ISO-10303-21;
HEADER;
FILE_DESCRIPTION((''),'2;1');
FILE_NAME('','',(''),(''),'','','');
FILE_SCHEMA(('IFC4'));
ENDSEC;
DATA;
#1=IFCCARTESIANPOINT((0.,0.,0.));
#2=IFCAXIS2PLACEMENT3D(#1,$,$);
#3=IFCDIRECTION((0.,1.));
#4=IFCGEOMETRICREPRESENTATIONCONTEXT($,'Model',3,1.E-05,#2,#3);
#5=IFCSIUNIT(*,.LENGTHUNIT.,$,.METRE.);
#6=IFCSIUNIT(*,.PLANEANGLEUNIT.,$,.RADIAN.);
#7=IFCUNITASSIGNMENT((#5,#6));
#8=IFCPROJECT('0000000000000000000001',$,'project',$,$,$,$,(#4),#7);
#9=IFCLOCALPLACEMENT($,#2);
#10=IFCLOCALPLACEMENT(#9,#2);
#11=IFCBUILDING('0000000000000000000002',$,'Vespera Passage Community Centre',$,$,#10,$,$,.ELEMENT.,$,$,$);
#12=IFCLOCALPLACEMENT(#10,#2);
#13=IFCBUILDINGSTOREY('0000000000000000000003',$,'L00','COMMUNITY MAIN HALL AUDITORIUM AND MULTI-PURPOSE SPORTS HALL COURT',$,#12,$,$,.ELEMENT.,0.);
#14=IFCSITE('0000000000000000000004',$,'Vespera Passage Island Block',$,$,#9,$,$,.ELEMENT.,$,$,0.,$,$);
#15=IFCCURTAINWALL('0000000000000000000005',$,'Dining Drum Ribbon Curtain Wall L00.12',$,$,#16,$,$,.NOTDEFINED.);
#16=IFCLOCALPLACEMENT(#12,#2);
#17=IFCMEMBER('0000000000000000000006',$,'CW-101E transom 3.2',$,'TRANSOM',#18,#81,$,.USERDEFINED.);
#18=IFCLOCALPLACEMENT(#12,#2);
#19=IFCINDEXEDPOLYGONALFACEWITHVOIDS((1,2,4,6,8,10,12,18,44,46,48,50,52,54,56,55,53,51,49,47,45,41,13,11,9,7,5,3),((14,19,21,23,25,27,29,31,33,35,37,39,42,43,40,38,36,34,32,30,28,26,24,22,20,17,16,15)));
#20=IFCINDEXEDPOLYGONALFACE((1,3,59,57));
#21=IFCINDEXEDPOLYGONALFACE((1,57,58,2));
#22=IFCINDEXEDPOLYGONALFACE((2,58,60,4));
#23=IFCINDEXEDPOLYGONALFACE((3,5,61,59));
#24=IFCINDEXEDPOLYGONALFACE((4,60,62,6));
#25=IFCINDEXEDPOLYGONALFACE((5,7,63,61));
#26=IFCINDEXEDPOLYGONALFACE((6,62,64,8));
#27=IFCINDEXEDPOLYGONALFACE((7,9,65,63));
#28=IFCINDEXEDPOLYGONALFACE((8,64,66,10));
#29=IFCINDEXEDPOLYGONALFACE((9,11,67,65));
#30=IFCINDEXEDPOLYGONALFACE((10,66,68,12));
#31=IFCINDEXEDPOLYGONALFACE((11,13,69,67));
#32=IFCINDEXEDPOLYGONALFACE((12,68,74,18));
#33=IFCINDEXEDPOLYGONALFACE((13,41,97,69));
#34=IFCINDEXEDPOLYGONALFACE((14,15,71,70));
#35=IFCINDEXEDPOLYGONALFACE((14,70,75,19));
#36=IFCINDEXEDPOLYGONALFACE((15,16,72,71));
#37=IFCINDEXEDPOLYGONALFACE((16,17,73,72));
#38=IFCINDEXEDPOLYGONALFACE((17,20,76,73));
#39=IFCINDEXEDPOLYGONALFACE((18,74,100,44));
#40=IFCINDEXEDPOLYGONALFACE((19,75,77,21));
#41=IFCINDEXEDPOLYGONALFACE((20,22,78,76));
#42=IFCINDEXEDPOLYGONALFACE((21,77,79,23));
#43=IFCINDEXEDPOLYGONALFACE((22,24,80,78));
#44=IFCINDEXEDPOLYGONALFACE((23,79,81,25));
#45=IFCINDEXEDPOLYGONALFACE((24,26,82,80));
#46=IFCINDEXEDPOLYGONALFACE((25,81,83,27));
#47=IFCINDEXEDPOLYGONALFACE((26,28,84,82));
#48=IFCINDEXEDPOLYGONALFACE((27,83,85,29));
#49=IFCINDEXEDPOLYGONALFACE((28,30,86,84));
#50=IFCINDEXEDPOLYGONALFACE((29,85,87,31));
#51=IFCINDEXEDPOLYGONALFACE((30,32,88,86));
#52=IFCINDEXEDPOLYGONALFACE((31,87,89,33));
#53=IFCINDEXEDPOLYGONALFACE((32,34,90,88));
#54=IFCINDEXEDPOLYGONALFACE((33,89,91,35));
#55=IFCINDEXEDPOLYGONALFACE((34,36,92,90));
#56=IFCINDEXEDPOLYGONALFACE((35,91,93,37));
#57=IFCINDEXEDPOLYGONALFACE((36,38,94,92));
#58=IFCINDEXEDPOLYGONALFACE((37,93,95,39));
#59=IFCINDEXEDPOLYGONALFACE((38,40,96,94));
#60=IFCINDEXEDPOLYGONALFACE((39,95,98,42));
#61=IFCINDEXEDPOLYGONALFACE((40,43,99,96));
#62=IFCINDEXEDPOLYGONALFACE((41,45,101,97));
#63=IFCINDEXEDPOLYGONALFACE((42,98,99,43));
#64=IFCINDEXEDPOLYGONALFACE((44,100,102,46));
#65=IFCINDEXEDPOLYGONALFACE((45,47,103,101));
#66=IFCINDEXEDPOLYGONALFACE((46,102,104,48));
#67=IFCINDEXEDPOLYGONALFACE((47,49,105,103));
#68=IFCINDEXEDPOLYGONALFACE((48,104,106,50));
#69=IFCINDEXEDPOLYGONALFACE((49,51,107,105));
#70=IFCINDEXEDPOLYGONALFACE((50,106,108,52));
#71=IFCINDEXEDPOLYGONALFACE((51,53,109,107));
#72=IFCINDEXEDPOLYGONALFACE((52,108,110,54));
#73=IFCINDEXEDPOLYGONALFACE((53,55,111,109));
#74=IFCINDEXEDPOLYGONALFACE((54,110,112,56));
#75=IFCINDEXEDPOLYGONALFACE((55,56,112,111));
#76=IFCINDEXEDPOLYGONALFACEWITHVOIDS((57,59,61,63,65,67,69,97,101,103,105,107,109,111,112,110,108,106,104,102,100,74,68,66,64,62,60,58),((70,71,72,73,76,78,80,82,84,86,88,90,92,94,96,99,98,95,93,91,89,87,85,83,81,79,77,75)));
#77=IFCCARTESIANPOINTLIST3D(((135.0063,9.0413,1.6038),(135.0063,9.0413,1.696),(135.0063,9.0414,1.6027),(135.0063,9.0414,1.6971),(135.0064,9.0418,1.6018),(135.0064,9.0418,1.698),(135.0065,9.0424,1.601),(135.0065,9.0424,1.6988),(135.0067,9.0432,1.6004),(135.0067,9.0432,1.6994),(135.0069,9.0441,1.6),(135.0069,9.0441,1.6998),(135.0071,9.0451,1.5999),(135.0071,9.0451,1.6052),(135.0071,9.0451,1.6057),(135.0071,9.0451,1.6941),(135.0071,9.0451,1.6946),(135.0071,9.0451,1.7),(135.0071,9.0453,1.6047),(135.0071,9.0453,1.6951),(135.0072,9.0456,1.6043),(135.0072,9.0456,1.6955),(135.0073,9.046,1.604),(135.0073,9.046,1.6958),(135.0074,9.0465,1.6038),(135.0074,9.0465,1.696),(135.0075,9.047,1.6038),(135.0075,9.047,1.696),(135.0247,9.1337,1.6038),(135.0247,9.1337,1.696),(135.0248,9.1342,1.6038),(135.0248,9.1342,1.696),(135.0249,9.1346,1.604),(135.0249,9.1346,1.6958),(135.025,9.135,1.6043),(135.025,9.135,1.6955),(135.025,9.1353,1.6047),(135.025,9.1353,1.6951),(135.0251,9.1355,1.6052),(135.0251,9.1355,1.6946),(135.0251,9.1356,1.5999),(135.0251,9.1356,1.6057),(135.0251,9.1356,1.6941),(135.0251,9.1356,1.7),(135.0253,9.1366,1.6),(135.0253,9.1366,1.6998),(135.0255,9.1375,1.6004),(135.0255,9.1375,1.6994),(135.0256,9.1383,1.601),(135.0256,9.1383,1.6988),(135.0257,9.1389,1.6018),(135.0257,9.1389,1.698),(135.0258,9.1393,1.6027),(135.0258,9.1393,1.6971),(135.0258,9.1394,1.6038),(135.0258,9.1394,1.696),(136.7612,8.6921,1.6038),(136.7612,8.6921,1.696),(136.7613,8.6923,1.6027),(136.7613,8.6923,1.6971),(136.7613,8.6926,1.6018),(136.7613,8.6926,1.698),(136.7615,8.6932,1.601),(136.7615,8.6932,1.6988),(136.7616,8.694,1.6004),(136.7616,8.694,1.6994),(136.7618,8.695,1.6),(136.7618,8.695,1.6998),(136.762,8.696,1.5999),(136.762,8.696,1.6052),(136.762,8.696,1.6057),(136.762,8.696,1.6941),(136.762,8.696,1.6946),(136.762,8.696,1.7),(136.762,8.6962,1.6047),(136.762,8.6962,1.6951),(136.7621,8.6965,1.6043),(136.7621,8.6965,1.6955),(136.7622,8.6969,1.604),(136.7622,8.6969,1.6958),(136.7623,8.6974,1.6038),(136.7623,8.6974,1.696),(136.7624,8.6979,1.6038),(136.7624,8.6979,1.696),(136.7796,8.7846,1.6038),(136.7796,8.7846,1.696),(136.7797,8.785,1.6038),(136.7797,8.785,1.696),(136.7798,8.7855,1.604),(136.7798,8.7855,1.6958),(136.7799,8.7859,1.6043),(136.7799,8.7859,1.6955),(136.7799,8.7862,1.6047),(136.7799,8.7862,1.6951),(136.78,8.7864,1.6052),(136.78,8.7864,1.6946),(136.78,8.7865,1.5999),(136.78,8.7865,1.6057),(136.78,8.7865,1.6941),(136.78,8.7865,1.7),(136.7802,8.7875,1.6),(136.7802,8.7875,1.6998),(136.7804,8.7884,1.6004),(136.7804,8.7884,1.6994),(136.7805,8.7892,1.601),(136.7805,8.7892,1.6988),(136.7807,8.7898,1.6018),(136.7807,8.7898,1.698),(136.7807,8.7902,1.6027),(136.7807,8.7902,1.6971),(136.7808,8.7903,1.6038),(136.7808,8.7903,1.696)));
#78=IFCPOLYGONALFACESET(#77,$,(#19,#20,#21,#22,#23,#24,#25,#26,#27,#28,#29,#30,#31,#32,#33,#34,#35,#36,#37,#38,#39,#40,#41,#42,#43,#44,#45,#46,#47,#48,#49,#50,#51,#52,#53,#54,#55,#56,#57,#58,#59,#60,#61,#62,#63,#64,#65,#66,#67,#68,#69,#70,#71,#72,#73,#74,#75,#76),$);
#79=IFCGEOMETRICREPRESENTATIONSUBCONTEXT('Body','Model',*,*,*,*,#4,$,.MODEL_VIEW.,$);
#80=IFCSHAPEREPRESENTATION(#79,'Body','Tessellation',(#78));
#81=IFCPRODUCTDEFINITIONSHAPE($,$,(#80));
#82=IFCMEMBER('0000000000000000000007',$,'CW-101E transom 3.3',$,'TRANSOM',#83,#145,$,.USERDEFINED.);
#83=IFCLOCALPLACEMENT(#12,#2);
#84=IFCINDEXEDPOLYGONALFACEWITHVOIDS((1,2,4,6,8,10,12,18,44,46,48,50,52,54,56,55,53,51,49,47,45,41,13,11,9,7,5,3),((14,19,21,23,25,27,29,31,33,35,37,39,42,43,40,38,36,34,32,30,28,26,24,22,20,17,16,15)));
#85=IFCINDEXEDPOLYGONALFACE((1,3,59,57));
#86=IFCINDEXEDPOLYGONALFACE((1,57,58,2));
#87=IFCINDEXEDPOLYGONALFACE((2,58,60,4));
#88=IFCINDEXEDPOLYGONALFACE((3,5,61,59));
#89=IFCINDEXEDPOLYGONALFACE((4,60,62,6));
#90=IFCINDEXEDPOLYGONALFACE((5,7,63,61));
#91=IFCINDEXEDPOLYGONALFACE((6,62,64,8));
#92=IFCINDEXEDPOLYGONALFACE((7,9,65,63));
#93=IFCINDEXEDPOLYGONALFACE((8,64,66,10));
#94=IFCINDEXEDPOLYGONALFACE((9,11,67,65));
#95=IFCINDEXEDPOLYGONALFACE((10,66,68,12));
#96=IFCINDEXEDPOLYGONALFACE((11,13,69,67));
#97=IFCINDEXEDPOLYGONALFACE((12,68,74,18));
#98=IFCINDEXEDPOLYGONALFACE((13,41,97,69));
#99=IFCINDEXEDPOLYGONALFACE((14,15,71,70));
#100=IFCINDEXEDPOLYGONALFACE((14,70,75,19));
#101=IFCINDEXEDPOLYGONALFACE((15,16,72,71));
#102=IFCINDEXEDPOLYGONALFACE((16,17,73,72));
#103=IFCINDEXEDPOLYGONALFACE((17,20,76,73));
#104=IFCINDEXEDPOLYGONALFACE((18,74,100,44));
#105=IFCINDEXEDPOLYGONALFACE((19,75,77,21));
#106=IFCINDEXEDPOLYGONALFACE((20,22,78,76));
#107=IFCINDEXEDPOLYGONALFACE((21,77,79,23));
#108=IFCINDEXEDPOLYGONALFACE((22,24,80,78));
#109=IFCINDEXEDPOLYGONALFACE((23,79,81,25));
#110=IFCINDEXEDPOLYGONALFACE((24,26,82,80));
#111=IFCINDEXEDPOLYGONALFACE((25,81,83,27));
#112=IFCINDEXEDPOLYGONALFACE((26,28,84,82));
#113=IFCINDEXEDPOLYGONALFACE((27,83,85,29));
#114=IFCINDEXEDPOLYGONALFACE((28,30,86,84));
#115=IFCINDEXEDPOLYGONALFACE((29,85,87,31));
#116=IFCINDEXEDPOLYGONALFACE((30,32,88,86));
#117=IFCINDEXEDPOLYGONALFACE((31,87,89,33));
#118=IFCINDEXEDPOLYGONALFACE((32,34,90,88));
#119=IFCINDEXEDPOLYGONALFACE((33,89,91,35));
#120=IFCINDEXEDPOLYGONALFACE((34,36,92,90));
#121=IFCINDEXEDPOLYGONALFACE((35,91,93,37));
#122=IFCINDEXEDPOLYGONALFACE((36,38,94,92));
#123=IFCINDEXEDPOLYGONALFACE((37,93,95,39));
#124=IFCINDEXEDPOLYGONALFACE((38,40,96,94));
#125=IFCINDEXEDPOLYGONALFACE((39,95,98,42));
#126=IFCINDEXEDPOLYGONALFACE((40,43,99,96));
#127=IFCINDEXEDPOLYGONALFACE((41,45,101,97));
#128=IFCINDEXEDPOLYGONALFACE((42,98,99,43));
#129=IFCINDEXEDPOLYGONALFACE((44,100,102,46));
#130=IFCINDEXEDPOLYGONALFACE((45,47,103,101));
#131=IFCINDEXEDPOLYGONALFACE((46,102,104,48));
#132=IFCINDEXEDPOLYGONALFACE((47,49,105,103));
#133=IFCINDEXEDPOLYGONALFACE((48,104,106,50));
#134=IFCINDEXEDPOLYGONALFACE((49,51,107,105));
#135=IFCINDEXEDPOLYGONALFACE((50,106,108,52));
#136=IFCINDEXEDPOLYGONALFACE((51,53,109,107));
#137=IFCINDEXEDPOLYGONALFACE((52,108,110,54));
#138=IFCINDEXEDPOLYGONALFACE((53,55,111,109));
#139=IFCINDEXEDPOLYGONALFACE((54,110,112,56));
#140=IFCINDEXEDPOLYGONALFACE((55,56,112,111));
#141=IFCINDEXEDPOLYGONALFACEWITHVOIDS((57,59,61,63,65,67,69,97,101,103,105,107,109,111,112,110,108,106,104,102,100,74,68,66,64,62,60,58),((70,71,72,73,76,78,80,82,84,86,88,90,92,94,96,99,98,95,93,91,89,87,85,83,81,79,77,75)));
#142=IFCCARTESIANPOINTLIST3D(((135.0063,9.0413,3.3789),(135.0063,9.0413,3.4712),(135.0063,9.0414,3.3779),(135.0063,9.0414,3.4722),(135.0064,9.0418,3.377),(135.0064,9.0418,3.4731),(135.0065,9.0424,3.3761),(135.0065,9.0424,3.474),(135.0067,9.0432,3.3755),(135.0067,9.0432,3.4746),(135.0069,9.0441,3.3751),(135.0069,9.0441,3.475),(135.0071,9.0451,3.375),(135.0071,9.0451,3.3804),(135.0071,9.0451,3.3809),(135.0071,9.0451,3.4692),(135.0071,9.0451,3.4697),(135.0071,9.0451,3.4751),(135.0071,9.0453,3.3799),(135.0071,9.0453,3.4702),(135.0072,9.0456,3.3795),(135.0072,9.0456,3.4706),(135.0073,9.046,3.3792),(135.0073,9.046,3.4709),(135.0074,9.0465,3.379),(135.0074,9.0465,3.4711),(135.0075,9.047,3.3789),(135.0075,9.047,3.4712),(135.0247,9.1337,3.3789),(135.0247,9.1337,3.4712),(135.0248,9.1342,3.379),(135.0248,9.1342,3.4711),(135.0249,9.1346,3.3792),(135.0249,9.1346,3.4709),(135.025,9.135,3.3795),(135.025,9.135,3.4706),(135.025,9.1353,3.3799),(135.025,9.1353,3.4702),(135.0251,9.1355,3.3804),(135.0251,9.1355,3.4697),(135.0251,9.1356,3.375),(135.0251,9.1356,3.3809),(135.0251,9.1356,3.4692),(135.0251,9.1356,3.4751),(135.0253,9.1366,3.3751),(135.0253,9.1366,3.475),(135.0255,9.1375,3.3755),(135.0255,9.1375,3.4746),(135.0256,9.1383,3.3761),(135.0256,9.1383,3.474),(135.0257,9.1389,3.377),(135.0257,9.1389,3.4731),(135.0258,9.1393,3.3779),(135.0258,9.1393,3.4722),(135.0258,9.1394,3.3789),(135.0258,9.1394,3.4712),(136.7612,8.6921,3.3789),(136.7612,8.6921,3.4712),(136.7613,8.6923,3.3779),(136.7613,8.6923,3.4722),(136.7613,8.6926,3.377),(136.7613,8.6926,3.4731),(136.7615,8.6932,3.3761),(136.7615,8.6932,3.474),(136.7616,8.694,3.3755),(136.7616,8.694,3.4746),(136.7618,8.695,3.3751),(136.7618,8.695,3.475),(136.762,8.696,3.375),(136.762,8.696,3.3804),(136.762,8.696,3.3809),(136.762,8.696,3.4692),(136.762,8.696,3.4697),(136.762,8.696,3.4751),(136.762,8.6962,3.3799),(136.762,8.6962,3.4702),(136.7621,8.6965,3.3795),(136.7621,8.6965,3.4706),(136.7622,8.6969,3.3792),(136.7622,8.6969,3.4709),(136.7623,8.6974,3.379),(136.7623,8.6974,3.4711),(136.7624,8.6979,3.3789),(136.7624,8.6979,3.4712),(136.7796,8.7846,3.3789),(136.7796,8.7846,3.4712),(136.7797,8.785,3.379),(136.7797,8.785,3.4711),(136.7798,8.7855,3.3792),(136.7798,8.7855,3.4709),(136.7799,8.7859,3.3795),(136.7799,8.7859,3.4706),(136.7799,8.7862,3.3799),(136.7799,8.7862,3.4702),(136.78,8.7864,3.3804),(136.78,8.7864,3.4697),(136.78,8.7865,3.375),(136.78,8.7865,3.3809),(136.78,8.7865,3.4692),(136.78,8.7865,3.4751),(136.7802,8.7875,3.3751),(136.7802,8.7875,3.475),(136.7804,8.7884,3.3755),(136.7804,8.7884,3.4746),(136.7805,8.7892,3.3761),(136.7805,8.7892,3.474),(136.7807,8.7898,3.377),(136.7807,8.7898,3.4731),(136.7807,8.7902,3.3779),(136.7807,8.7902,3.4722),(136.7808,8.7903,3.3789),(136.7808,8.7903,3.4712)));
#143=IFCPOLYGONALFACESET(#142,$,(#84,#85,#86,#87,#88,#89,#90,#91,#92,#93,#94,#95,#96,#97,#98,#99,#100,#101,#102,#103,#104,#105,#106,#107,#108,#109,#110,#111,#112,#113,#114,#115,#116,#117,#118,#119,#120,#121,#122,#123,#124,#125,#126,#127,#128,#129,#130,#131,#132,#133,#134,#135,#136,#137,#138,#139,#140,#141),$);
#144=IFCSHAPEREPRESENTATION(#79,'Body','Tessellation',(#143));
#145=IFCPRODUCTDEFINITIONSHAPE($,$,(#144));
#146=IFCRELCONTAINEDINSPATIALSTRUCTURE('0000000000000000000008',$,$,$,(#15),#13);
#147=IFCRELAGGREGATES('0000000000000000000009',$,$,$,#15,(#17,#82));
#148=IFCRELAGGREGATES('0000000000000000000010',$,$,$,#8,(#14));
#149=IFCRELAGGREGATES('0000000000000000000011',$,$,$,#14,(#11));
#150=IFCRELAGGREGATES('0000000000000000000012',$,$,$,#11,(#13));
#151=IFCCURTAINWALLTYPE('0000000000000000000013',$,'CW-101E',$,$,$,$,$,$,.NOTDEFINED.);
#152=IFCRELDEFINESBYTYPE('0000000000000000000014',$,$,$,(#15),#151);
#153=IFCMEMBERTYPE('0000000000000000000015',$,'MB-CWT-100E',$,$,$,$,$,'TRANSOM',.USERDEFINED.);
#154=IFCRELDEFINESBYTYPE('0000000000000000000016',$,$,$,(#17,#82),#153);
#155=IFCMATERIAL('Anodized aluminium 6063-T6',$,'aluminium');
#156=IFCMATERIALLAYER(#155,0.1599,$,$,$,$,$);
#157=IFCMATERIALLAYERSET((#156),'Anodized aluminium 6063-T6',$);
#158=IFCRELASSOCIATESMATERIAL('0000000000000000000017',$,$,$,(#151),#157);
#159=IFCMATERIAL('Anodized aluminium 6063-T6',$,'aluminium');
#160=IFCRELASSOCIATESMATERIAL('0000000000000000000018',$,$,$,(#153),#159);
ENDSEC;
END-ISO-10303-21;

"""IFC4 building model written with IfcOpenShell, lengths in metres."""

from ifc_helpers import new_model, si_unit, direction, frame, origin, origin_2d, place, context, subcontext, project, spatial, hollow_rectangle, extrude, material, layer, layer_set, material_profile, profile_set, type_object, element, aggregate, save


model = new_model("IFC4")

# Units and contexts
model_context = context("Model", 3, precision=1e-05, world=origin(), true_north=direction((0.0, 1.0)))
body_context = subcontext(model_context, "Body", "Model", "MODEL_VIEW")
ifc_project = project(units=[si_unit("LENGTHUNIT", "METRE"), si_unit("PLANEANGLEUNIT", "RADIAN")], contexts=[model_context])

# Site, building, storey
site_placement = place(None, origin())
site = spatial("IfcSite", under=ifc_project, at=site_placement, Name="Vespera Passage Island Block", CompositionType="ELEMENT", RefElevation=0.0)
building_placement = place(site_placement, origin())
building = spatial("IfcBuilding", under=site, at=building_placement, Name="Vespera Passage Community Centre", CompositionType="ELEMENT")
storey_placement = place(building_placement, origin())
storey = spatial("IfcBuildingStorey", under=building, at=storey_placement, Name="L00", Description="COMMUNITY MAIN HALL AUDITORIUM AND MULTI-PURPOSE SPORTS HALL COURT", CompositionType="ELEMENT", Elevation=0.0)

# Curtain wall, members
ifc_material_1 = material(Name="Anodized aluminium 6063-T6", Category="aluminium")
ifc_layer_1 = layer(ifc_material_1, 0.1599)
ifc_layer_set_1 = layer_set([ifc_layer_1], Name="Anodized aluminium 6063-T6")
curtain_wall_type_1 = type_object("IfcCurtainWallType", Name="CW-101E", PredefinedType="NOTDEFINED", material=ifc_layer_set_1)
curtain_wall_1_placement = place(storey_placement, origin())
curtain_wall_1 = element("IfcCurtainWall", 1, at=curtain_wall_1_placement, inside=storey, type_object=curtain_wall_type_1, Name="Dining Drum Ribbon Curtain Wall L00.12", PredefinedType="NOTDEFINED")
ifc_material_2 = material(Name="Anodized aluminium 6063-T6", Category="aluminium")
ifc_material_profile_1 = material_profile(ifc_material_2, hollow_rectangle(XDim=0.1001, YDim=0.1001, WallThickness=0.0039, InnerFilletRadius=0.002, OuterFilletRadius=0.0039, at=origin_2d()), Name="ALU100X100X4")
ifc_profile_set_1 = profile_set([ifc_material_profile_1], Name="Anodized aluminium 6063-T6")
member_type_1 = type_object("IfcMemberType", Name="MB-CWT-100E", ElementType="TRANSOM", PredefinedType="USERDEFINED", material=ifc_profile_set_1)
member_1_placement = place(storey_placement, frame((136.771, 8.7412, 1.6499), z_axis=(-0.98078, 0.195119, 0.0), x_axis=(-0.195119, -0.98078, 0.0)))
member_1 = element("IfcMember", 2, at=member_1_placement, type_object=member_type_1, Name="CW-101E transom 3.2", ObjectType="TRANSOM", PredefinedType="USERDEFINED", context=body_context, shape_type="SweptSolid", body=[
    extrude(hollow_rectangle(XDim=0.1001, YDim=0.1001, WallThickness=0.0039, InnerFilletRadius=0.002, OuterFilletRadius=0.0039, at=origin_2d()), origin(), (0.0, 0.0, 1.0), 1.7893),
])
member_2_placement = place(storey_placement, frame((136.771, 8.7412, 3.425), z_axis=(-0.98078, 0.195119, 0.0), x_axis=(-0.195119, -0.98078, 0.0)))
member_2 = element("IfcMember", 3, at=member_2_placement, type_object=member_type_1, Name="CW-101E transom 3.3", ObjectType="TRANSOM", PredefinedType="USERDEFINED", context=body_context, shape_type="SweptSolid", body=[
    extrude(hollow_rectangle(XDim=0.1001, YDim=0.1001, WallThickness=0.0039, InnerFilletRadius=0.002, OuterFilletRadius=0.0039, at=origin_2d()), origin(), (0.0, 0.0, 1.0), 1.7893),
])

aggregate(curtain_wall_1, [member_1, member_2])

save(model, "model.ifc")
